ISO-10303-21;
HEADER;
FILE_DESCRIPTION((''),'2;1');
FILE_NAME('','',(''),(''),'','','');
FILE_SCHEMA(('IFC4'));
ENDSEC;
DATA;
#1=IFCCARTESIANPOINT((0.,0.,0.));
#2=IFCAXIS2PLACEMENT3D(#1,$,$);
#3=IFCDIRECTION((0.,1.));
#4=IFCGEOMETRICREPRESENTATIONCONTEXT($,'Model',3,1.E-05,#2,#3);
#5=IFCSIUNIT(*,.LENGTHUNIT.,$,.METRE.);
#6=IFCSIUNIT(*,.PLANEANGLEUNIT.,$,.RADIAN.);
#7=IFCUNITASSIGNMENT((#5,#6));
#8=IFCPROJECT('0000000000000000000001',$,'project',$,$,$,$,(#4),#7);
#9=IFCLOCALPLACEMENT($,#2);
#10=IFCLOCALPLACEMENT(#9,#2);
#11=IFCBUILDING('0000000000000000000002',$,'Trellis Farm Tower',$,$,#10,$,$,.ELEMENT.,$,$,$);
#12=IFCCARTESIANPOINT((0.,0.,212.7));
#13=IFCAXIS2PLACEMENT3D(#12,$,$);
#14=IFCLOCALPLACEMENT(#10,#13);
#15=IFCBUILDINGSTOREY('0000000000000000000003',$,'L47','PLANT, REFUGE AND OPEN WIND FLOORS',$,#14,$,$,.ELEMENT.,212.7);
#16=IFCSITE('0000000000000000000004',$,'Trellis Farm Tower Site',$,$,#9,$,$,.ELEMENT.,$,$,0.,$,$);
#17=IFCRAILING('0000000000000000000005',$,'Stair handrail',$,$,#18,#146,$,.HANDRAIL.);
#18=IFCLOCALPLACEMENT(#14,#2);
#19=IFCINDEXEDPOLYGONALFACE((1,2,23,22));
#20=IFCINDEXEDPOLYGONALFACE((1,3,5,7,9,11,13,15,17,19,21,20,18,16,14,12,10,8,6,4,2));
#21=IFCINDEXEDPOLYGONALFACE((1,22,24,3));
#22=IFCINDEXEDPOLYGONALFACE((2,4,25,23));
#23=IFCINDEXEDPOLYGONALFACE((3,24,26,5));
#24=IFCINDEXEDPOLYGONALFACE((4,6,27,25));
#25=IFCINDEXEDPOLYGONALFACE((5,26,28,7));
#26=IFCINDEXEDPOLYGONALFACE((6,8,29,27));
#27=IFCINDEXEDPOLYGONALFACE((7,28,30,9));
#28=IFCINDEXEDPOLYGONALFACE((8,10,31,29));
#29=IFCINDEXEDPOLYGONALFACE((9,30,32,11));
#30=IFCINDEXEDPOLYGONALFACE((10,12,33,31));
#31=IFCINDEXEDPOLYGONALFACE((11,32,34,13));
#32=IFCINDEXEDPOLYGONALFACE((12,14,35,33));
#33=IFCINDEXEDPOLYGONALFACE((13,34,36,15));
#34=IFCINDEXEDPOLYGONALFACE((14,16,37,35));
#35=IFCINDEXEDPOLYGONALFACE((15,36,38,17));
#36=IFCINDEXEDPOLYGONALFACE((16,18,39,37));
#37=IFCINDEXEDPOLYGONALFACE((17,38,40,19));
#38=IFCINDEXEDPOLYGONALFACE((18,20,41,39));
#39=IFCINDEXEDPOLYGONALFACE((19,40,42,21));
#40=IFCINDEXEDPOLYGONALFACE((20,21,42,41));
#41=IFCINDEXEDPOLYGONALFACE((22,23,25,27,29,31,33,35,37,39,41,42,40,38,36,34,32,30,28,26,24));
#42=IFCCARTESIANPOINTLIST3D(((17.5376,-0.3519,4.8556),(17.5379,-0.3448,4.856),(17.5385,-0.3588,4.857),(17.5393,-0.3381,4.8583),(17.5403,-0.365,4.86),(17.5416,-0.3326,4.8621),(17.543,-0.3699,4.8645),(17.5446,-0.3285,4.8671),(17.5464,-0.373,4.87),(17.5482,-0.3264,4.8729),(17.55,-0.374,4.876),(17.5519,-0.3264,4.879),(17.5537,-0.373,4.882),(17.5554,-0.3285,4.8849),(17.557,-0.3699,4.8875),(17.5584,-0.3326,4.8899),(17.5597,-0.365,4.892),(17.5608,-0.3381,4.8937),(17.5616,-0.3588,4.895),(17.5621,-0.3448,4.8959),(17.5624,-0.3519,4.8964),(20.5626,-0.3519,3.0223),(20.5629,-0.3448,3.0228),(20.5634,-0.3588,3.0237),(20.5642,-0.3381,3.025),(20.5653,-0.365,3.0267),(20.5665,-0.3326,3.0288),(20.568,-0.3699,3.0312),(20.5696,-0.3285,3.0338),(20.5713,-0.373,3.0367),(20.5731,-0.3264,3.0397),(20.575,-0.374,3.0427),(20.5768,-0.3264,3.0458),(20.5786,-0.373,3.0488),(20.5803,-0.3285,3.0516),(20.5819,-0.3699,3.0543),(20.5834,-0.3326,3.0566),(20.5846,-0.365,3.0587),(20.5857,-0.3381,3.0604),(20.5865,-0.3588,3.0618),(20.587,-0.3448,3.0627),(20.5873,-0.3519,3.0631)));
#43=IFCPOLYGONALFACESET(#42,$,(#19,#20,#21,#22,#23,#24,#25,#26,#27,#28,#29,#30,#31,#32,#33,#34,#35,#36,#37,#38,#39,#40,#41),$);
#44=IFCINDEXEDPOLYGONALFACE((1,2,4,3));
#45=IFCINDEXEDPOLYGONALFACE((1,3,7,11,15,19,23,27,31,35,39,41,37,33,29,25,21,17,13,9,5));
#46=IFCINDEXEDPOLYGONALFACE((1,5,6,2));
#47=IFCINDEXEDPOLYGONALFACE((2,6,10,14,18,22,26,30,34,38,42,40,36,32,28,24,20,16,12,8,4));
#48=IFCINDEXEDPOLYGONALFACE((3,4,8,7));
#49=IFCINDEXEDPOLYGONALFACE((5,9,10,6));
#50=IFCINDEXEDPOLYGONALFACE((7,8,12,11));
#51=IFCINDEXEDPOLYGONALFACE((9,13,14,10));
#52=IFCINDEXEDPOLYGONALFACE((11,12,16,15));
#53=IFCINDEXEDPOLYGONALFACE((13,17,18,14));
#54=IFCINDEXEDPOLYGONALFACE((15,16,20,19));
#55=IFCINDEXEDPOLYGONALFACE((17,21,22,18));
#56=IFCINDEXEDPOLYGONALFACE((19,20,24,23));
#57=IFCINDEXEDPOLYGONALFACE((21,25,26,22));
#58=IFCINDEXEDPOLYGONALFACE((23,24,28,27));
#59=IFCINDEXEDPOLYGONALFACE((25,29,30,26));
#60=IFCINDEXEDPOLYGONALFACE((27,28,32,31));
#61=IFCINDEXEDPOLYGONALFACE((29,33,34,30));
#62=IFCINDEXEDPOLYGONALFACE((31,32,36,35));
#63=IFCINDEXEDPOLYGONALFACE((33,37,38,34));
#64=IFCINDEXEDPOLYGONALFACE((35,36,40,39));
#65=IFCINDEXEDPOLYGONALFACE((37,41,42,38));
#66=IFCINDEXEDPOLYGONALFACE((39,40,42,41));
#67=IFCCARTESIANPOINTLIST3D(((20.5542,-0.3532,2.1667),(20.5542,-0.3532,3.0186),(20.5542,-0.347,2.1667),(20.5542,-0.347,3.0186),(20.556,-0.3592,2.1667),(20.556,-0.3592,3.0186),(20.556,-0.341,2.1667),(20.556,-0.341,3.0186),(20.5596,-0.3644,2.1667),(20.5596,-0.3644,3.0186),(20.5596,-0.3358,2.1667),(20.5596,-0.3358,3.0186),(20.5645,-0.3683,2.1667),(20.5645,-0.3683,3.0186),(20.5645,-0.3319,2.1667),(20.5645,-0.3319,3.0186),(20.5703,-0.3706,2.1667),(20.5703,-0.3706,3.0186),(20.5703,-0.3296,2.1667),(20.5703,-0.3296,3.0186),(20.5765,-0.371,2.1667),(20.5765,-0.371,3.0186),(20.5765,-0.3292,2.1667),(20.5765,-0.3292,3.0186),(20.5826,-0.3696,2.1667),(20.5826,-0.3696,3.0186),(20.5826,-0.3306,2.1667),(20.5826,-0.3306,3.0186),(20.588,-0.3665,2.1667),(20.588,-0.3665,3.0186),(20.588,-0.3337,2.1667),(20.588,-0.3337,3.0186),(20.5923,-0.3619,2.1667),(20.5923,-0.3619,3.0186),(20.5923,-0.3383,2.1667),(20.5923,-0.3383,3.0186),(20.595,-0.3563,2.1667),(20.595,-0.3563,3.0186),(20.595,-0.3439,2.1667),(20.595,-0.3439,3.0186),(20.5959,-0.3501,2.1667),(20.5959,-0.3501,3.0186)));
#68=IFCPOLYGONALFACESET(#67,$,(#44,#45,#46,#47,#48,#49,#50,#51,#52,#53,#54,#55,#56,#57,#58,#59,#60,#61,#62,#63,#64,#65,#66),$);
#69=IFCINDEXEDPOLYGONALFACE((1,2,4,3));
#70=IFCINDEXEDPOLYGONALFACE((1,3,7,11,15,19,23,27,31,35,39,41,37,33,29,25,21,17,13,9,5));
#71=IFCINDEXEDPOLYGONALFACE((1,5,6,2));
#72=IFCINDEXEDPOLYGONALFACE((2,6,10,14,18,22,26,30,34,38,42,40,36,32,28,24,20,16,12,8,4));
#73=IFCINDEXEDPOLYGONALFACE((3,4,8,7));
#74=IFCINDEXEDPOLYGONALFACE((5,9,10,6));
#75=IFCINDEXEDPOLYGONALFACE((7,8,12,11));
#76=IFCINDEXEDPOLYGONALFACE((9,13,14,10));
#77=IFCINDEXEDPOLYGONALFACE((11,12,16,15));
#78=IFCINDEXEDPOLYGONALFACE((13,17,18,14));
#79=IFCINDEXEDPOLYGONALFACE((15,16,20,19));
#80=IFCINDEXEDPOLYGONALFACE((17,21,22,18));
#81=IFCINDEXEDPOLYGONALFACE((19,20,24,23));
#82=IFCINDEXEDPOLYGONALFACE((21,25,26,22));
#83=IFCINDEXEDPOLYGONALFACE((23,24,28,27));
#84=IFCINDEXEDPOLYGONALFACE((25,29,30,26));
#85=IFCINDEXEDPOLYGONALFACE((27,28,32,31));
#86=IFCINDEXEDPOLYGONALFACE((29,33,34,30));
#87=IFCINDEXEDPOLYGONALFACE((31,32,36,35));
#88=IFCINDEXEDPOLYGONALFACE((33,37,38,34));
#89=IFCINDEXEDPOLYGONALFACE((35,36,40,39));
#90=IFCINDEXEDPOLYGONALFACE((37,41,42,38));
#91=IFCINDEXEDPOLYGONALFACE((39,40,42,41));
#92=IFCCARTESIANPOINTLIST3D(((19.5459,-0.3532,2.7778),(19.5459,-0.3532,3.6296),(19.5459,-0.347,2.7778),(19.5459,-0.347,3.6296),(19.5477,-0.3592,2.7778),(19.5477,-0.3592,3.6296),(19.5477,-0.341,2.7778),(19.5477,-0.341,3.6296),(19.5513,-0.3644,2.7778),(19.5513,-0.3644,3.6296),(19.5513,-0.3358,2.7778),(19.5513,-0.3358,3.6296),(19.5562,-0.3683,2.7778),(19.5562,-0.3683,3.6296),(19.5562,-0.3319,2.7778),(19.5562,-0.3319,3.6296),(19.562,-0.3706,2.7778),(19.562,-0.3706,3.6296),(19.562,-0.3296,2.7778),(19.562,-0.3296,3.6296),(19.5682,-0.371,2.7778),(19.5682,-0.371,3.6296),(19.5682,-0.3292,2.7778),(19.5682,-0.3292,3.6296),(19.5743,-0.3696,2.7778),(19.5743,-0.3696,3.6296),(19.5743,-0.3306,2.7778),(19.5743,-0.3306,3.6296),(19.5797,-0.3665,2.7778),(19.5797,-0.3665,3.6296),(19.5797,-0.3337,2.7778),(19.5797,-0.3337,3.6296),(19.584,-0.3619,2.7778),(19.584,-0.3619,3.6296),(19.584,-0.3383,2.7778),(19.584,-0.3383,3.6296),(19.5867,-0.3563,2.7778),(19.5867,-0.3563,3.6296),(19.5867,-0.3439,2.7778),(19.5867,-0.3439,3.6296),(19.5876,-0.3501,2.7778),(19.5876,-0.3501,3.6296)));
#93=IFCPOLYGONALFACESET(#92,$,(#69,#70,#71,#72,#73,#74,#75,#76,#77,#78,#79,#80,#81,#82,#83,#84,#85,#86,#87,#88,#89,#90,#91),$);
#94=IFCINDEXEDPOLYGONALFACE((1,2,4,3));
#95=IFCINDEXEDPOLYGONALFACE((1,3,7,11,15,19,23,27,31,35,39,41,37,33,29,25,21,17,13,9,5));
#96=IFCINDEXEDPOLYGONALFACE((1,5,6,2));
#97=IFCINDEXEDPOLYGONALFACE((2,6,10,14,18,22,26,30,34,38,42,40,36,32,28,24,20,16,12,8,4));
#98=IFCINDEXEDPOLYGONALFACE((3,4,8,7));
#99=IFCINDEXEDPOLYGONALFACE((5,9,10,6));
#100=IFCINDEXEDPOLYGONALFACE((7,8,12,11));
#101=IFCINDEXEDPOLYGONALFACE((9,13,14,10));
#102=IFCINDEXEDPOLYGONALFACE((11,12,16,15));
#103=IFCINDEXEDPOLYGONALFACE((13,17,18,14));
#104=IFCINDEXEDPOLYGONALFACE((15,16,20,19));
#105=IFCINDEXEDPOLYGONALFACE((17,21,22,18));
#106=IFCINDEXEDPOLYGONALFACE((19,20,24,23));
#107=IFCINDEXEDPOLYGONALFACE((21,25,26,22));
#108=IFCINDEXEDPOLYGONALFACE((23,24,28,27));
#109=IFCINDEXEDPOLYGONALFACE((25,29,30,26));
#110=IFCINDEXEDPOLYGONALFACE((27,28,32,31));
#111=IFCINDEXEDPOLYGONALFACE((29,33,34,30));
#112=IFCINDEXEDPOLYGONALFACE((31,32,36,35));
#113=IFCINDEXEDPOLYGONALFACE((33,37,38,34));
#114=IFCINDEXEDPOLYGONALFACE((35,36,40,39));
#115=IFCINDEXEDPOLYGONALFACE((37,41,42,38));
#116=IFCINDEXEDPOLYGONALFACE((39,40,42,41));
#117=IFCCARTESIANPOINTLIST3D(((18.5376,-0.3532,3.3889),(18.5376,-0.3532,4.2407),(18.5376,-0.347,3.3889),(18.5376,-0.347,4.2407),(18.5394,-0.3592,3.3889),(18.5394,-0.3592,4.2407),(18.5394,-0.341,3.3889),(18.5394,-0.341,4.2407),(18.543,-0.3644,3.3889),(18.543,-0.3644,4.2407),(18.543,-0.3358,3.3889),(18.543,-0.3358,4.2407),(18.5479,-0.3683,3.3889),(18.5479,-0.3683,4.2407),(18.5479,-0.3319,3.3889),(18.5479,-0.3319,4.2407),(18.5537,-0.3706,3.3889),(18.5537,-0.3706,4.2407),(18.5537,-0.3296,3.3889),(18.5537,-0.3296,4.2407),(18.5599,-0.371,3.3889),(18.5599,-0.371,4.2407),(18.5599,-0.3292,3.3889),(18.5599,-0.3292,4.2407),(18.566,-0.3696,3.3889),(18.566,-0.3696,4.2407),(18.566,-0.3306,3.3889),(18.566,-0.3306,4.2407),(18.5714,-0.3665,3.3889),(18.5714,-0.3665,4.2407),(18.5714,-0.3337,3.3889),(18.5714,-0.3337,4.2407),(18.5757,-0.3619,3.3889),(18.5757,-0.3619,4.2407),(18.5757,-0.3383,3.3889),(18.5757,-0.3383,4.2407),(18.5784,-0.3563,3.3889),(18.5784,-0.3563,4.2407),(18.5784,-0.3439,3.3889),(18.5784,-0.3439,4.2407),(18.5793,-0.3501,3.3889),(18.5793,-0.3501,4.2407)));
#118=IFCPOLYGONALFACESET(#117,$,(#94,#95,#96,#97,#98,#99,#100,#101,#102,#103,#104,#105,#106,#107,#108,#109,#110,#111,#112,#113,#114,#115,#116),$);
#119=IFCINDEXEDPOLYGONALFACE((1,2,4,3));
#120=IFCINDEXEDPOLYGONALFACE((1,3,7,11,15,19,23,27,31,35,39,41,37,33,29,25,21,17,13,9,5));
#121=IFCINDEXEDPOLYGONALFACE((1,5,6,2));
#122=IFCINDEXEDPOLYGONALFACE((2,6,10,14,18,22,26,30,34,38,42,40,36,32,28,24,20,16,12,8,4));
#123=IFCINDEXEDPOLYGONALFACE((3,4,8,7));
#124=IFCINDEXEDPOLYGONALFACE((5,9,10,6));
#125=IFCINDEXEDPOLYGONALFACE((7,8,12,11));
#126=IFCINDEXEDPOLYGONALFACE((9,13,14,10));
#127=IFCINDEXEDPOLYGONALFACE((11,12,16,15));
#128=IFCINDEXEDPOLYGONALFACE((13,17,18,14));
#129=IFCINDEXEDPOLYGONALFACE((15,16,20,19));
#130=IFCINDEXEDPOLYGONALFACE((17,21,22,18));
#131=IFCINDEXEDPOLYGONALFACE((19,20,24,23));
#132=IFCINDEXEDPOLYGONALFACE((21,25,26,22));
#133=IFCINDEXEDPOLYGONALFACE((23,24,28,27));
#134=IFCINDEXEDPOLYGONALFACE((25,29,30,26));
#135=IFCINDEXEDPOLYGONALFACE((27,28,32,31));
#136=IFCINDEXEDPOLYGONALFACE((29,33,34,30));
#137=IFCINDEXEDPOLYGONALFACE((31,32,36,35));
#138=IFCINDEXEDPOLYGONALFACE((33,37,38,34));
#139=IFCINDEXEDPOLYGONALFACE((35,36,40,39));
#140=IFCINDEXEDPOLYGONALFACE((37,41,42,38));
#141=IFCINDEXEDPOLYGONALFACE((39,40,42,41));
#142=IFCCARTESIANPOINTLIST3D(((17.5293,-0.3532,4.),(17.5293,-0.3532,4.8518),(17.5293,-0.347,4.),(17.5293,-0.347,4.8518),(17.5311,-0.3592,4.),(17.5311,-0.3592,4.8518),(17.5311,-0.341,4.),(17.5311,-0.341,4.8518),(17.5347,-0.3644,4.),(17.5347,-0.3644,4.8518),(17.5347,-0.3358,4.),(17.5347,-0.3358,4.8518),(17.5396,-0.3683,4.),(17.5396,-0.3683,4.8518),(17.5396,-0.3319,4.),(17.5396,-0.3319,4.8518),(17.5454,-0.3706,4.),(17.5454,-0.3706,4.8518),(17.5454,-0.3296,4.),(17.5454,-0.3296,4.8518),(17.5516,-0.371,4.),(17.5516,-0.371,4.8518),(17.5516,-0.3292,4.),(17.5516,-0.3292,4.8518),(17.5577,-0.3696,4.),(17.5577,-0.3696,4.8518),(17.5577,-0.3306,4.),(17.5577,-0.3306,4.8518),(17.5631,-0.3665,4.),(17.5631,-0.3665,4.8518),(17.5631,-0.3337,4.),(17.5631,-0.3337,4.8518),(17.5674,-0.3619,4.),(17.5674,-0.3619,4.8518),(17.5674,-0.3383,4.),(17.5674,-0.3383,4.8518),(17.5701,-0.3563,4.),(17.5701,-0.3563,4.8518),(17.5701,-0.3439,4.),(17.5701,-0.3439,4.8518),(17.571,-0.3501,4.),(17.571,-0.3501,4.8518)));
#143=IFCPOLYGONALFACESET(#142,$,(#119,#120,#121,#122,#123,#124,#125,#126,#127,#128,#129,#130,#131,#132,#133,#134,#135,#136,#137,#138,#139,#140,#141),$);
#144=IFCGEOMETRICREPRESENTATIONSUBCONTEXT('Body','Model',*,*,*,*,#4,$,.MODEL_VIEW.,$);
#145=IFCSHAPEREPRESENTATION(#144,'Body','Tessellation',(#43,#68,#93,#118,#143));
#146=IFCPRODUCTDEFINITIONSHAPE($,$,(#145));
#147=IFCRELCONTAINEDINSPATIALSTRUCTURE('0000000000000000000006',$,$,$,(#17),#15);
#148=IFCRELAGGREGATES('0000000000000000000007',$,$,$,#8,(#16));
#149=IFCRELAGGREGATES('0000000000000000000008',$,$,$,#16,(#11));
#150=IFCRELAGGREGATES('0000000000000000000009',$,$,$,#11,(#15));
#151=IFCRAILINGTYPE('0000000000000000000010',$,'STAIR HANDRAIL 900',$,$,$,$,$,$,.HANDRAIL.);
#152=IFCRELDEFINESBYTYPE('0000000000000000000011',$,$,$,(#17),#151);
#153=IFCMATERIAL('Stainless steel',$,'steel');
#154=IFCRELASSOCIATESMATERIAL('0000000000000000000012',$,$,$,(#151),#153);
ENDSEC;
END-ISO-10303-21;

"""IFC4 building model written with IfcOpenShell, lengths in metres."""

from ifc_helpers import new_model, si_unit, direction, frame, origin, origin_2d, place, context, subcontext, project, spatial, circle, extrude, source, transform, mapped, material, type_object, element, save


model = new_model("IFC4")

# Units and contexts
model_context = context("Model", 3, precision=1e-05, world=origin(), true_north=direction((0.0, 1.0)))
body_context = subcontext(model_context, "Body", "Model", "MODEL_VIEW")
ifc_project = project(units=[si_unit("LENGTHUNIT", "METRE"), si_unit("PLANEANGLEUNIT", "RADIAN")], contexts=[model_context])

# Site, building, storey
site_placement = place(None, origin())
site = spatial("IfcSite", under=ifc_project, at=site_placement, Name="Trellis Farm Tower Site", CompositionType="ELEMENT", RefElevation=0.0)
building_placement = place(site_placement, origin())
building = spatial("IfcBuilding", under=site, at=building_placement, Name="Trellis Farm Tower", CompositionType="ELEMENT")
storey_placement = place(building_placement, frame((0.0, 0.0, 212.7)))
storey = spatial("IfcBuildingStorey", under=building, at=storey_placement, Name="L47", Description="PLANT, REFUGE AND OPEN WIND FLOORS", CompositionType="ELEMENT", Elevation=212.7)

# Railing
ifc_material_1 = material(Name="Stainless steel", Category="steel")
railing_type_1 = type_object("IfcRailingType", Name="STAIR HANDRAIL 900", PredefinedType="HANDRAIL", material=ifc_material_1)
shared_shape_1 = source(origin(), body_context, "Body", "SweptSolid", [
    extrude(circle(Radius=0.0239, at=origin_2d()), frame((0.0, 0.0, 0.876), z_axis=(-0.855201, 0.0, 0.518297), x_axis=(0.0, -1.0, 0.0)), (0.0, 0.0, 1.0), 3.5371),
    extrude(circle(Radius=0.021, at=origin_2d()), origin(), (0.0, 0.0, 1.0), 0.8518),
    extrude(circle(Radius=0.021, at=origin_2d()), frame((-1.0083, 0.0, 0.6111)), (0.0, 0.0, 1.0), 0.8518),
    extrude(circle(Radius=0.021, at=origin_2d()), frame((-2.0166, 0.0, 1.2222)), (0.0, 0.0, 1.0), 0.8518),
    extrude(circle(Radius=0.021, at=origin_2d()), frame((-3.0249, 0.0, 1.8333)), (0.0, 0.0, 1.0), 0.8518),
])
for number, where, name in (
    (1, (20.575, -0.3501, 2.1667), "Stair handrail"),
):
    element("IfcRailing", number, at=place(storey_placement, frame(where)), inside=storey, type_object=railing_type_1, Name=name, PredefinedType="HANDRAIL", context=body_context, shape_type="MappedRepresentation", body=[
        mapped(shared_shape_1, transform((0.0, 0.0, 0.0))),
    ])

save(model, "model.ifc")
